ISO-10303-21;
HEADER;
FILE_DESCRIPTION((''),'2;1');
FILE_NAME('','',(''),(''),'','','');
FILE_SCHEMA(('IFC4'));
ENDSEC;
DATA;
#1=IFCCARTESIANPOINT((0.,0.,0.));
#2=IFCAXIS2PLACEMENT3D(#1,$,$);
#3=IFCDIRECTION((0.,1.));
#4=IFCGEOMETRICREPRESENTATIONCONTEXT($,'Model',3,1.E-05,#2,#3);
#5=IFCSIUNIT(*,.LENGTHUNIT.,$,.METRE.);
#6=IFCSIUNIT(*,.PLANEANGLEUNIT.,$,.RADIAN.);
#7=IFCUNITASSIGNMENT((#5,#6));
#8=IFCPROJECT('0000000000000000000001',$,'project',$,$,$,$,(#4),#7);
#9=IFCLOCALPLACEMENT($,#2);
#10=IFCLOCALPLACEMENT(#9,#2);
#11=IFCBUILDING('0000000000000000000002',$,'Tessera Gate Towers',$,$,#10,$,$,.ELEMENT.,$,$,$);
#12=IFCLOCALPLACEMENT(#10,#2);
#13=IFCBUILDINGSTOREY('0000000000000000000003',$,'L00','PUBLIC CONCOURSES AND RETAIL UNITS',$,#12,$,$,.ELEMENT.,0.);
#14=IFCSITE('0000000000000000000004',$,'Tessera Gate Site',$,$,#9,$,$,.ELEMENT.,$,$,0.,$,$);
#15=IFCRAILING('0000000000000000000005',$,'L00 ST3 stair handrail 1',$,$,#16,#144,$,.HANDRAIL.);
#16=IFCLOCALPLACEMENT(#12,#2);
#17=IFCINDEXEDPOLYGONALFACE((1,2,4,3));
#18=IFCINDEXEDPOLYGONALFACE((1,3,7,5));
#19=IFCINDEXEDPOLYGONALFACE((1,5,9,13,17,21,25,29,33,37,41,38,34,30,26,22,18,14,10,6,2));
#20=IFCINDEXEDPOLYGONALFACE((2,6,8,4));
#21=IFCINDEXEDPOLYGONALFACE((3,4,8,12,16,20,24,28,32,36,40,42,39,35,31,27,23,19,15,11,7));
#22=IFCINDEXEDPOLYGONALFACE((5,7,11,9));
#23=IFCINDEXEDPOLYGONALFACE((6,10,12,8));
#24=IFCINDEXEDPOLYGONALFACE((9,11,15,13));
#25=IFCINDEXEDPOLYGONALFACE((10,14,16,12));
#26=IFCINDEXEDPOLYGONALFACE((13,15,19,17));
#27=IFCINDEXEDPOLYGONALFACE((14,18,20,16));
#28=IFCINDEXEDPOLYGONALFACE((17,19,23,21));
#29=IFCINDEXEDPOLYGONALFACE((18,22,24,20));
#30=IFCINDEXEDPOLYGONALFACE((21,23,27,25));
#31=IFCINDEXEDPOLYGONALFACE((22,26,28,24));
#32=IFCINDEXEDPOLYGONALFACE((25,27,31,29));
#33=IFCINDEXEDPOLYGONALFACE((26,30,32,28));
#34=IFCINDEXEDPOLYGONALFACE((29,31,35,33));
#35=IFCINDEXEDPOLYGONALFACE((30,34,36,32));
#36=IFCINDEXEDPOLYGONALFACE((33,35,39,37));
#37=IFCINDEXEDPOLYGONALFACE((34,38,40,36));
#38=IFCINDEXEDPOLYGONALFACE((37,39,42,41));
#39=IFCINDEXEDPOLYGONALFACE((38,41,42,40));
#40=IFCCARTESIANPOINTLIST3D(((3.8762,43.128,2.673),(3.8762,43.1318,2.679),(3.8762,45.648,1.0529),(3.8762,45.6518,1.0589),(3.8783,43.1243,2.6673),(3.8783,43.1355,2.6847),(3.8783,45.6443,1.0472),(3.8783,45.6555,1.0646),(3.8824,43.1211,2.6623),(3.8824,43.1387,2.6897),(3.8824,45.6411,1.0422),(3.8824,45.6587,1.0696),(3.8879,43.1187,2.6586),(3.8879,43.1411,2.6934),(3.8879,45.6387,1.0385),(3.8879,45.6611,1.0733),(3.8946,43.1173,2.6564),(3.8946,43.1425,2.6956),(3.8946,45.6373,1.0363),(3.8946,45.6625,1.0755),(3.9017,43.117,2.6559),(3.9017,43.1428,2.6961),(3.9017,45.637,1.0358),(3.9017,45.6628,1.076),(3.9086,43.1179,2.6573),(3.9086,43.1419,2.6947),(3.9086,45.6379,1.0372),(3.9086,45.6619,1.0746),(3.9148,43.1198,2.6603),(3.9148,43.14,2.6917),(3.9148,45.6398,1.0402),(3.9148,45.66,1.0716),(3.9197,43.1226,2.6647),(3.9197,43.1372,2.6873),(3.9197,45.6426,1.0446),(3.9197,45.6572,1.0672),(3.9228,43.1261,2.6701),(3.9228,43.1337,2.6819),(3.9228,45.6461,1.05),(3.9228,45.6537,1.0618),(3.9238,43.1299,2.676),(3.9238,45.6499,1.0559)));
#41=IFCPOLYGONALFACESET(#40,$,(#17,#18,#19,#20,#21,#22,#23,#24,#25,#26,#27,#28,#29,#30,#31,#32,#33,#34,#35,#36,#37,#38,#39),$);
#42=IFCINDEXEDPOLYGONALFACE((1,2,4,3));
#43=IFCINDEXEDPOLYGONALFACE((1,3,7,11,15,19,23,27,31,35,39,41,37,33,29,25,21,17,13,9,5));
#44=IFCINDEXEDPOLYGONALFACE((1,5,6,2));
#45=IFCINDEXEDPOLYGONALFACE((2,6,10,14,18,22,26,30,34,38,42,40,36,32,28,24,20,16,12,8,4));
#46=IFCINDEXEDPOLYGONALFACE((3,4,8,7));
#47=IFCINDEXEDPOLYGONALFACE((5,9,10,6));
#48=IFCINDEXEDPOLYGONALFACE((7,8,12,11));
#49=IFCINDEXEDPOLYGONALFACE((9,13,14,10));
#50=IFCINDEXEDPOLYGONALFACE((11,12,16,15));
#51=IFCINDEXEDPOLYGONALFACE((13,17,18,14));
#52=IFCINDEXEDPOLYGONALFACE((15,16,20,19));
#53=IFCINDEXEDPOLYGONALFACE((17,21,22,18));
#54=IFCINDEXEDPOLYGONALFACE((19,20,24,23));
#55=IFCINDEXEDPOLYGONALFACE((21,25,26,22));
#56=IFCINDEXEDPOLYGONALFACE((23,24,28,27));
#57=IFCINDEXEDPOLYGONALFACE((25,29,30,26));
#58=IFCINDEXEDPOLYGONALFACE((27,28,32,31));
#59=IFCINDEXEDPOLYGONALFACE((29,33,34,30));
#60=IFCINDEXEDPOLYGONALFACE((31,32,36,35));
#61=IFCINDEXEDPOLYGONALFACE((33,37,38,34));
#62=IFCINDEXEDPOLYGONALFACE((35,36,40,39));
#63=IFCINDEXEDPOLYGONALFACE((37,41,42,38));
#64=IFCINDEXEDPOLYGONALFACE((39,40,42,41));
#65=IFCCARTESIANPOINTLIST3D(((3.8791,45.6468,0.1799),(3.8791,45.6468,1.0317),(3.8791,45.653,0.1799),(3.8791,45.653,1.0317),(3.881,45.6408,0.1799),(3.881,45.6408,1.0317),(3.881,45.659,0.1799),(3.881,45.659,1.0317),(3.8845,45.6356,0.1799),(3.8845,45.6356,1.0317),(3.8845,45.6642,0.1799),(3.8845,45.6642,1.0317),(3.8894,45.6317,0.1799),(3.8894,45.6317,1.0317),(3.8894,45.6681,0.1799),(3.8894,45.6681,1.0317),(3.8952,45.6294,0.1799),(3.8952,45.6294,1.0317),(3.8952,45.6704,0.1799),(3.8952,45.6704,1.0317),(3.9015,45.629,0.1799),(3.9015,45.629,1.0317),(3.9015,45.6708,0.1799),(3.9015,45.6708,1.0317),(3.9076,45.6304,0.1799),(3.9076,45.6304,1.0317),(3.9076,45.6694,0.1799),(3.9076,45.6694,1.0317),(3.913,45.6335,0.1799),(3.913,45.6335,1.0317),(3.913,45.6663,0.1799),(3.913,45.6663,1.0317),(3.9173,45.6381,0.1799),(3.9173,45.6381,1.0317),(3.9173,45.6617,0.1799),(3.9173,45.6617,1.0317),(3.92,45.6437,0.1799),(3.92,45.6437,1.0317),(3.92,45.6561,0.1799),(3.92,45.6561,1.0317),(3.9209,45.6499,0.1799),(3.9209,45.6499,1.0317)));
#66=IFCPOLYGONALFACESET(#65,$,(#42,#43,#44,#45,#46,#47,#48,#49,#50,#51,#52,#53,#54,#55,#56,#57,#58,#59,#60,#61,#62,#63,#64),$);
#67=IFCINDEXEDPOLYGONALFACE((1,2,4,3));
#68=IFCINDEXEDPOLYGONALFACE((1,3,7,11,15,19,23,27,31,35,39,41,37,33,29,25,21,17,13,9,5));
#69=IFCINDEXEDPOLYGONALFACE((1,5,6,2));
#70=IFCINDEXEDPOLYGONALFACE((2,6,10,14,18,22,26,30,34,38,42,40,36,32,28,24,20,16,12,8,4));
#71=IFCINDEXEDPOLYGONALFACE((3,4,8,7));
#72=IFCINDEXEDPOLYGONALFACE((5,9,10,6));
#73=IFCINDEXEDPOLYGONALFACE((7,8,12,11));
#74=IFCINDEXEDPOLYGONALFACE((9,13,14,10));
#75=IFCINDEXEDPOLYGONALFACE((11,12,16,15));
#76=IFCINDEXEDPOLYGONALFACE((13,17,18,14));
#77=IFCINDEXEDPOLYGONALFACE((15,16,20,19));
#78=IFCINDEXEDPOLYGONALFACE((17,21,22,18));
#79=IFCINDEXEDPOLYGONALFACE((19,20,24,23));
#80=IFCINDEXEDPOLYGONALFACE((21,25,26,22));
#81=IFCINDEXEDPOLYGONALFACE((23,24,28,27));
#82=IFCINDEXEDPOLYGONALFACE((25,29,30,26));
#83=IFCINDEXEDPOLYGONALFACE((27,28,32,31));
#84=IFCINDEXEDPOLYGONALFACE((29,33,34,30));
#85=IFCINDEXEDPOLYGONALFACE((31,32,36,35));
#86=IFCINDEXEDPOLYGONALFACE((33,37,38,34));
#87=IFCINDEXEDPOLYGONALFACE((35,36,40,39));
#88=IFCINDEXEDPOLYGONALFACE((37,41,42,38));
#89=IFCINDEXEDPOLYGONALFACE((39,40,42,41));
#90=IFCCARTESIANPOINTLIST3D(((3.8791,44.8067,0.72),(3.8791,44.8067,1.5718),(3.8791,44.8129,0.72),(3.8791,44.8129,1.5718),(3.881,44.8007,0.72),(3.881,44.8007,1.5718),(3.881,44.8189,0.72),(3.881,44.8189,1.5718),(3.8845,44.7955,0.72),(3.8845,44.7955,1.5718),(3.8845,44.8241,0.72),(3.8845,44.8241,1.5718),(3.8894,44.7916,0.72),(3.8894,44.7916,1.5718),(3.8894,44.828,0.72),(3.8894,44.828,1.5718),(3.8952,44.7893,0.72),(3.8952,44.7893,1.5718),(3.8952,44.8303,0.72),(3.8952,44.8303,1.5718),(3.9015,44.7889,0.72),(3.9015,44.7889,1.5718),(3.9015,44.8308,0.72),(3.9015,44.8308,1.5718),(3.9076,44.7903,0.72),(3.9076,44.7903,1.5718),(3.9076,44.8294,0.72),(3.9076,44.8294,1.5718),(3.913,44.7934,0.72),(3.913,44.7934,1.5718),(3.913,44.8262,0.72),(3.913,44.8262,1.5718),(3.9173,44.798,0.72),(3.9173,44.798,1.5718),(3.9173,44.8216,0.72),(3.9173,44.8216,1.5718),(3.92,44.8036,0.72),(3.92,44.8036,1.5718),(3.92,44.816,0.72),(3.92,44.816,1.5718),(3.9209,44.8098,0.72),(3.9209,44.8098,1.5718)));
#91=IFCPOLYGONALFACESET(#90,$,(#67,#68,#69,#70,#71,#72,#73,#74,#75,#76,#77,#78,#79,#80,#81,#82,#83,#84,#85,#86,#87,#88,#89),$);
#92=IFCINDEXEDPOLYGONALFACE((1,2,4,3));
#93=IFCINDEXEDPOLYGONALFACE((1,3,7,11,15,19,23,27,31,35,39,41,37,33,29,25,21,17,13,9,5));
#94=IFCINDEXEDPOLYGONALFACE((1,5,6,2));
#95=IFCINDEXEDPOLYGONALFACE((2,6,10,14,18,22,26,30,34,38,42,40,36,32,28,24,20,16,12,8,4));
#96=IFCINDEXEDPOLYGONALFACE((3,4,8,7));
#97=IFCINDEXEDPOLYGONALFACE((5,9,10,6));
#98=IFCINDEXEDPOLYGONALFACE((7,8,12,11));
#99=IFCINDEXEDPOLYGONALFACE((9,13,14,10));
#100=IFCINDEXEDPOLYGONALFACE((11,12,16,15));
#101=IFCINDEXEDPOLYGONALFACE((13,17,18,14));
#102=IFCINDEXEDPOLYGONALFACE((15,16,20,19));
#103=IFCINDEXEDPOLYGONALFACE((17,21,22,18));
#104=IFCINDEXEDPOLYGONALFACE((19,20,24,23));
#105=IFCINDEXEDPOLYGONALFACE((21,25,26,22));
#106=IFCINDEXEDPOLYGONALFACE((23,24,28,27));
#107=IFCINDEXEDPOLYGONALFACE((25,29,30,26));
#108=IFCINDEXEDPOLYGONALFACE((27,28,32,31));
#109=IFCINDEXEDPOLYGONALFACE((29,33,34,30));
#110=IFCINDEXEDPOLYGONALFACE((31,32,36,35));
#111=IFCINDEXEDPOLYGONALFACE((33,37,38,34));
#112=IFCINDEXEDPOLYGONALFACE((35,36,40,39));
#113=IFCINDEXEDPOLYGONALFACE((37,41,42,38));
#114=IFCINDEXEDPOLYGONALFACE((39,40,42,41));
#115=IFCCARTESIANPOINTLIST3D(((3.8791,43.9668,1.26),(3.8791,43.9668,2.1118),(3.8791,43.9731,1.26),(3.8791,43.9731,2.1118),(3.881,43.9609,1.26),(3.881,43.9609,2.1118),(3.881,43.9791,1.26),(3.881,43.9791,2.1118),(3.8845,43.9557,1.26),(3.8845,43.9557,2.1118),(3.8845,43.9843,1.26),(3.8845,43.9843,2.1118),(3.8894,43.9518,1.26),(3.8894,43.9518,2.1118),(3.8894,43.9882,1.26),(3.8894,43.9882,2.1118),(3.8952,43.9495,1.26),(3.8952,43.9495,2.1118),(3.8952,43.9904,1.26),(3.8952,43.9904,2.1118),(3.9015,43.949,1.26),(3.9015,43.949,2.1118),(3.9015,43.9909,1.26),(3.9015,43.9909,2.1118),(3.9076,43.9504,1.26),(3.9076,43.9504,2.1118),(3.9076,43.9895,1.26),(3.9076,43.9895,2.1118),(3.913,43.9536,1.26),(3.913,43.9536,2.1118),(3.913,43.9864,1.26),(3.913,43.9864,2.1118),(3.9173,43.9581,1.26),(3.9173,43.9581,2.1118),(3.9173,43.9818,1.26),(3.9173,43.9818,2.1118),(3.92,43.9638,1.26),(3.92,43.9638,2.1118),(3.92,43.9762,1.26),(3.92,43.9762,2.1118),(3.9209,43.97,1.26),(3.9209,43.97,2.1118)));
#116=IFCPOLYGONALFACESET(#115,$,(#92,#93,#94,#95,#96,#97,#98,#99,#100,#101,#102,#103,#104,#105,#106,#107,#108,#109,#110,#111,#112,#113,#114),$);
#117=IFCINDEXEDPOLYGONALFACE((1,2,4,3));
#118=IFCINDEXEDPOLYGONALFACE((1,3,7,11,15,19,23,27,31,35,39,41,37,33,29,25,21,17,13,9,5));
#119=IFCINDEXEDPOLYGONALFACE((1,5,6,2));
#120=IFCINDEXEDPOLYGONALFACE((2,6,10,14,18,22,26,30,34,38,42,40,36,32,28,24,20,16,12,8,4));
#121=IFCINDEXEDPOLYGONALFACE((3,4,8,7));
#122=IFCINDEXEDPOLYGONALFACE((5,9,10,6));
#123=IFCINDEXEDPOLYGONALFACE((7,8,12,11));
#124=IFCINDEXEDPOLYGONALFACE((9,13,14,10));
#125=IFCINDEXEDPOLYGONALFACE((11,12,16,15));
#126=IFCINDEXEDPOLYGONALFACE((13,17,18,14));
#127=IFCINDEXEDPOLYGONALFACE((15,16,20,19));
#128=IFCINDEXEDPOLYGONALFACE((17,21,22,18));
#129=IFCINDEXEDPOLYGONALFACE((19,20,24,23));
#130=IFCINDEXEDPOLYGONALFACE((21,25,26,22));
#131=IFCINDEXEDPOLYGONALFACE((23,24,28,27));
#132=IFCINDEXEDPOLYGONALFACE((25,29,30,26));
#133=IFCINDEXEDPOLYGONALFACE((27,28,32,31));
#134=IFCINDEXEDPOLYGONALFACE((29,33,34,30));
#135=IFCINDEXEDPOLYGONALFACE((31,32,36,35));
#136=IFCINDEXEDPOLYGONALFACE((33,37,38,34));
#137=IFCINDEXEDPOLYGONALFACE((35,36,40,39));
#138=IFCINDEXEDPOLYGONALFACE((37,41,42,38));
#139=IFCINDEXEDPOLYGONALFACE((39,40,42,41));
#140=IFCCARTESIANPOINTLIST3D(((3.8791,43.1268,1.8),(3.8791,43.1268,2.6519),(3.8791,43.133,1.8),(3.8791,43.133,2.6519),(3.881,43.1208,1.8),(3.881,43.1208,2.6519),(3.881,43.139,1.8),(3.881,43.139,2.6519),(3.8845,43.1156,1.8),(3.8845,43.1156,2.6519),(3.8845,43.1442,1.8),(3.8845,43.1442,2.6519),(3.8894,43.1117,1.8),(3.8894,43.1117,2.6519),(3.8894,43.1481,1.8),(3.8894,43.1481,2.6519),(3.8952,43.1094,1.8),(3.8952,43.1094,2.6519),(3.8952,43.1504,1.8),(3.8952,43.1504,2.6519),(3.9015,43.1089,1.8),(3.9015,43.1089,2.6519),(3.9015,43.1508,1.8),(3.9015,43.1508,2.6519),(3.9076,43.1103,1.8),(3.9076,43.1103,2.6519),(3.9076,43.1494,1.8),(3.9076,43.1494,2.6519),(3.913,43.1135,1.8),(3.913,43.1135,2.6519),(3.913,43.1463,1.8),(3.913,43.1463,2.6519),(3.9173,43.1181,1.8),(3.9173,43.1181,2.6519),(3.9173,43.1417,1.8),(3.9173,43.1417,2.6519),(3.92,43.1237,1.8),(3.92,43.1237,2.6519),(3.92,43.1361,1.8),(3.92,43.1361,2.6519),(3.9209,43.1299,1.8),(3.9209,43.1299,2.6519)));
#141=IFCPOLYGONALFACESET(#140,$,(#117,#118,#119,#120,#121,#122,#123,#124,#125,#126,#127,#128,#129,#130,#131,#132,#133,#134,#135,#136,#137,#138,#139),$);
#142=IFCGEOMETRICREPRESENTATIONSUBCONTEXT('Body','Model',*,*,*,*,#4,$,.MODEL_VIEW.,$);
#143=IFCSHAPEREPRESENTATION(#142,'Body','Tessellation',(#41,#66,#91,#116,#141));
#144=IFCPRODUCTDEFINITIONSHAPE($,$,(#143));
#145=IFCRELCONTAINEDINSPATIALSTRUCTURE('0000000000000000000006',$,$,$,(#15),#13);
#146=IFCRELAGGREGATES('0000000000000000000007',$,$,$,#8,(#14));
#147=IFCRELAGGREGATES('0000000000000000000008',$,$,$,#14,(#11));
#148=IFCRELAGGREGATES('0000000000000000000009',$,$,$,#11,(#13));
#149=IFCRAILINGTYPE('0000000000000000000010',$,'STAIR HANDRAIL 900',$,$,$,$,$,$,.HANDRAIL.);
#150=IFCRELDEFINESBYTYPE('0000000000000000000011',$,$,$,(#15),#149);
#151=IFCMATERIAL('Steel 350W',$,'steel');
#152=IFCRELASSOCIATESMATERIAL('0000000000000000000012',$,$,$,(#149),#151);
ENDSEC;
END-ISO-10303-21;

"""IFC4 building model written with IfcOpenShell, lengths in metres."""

from ifc_helpers import new_model, si_unit, direction, frame, origin, origin_2d, place, context, subcontext, project, spatial, circle, extrude, material, type_object, element, save


model = new_model("IFC4")

# Units and contexts
model_context = context("Model", 3, precision=1e-05, world=origin(), true_north=direction((0.0, 1.0)))
body_context = subcontext(model_context, "Body", "Model", "MODEL_VIEW")
ifc_project = project(units=[si_unit("LENGTHUNIT", "METRE"), si_unit("PLANEANGLEUNIT", "RADIAN")], contexts=[model_context])

# Site, building, storey
site_placement = place(None, origin())
site = spatial("IfcSite", under=ifc_project, at=site_placement, Name="Tessera Gate Site", CompositionType="ELEMENT", RefElevation=0.0)
building_placement = place(site_placement, origin())
building = spatial("IfcBuilding", under=site, at=building_placement, Name="Tessera Gate Towers", CompositionType="ELEMENT")
storey_placement = place(building_placement, origin())
storey = spatial("IfcBuildingStorey", under=building, at=storey_placement, Name="L00", Description="PUBLIC CONCOURSES AND RETAIL UNITS", CompositionType="ELEMENT", Elevation=0.0)

# Railing
ifc_material_1 = material(Name="Steel 350W", Category="steel")
railing_type_1 = type_object("IfcRailingType", Name="STAIR HANDRAIL 900", PredefinedType="HANDRAIL", material=ifc_material_1)
railing_1_placement = place(storey_placement, frame((3.8999, 45.6499, 0.1799)))
element("IfcRailing", 1, at=railing_1_placement, inside=storey, type_object=railing_type_1, Name="L00 ST3 stair handrail 1", PredefinedType="HANDRAIL", context=body_context, shape_type="SweptSolid", body=[
    extrude(circle(Radius=0.0239, at=origin_2d()), frame((0.0, 0.0, 0.876), z_axis=(0.0, -0.841163, 0.540782), x_axis=(1.0, 0.0, 0.0)), (0.0, 0.0, 1.0), 2.9958),
    extrude(circle(Radius=0.021, at=origin_2d()), origin(), (0.0, 0.0, 1.0), 0.8518),
    extrude(circle(Radius=0.021, at=origin_2d()), frame((0.0, -0.8401, 0.54)), (0.0, 0.0, 1.0), 0.8518),
    extrude(circle(Radius=0.021, at=origin_2d()), frame((0.0, -1.6799, 1.0801)), (0.0, 0.0, 1.0), 0.8518),
    extrude(circle(Radius=0.021, at=origin_2d()), frame((0.0, -2.52, 1.6201)), (0.0, 0.0, 1.0), 0.8518),
])

save(model, "model.ifc")
